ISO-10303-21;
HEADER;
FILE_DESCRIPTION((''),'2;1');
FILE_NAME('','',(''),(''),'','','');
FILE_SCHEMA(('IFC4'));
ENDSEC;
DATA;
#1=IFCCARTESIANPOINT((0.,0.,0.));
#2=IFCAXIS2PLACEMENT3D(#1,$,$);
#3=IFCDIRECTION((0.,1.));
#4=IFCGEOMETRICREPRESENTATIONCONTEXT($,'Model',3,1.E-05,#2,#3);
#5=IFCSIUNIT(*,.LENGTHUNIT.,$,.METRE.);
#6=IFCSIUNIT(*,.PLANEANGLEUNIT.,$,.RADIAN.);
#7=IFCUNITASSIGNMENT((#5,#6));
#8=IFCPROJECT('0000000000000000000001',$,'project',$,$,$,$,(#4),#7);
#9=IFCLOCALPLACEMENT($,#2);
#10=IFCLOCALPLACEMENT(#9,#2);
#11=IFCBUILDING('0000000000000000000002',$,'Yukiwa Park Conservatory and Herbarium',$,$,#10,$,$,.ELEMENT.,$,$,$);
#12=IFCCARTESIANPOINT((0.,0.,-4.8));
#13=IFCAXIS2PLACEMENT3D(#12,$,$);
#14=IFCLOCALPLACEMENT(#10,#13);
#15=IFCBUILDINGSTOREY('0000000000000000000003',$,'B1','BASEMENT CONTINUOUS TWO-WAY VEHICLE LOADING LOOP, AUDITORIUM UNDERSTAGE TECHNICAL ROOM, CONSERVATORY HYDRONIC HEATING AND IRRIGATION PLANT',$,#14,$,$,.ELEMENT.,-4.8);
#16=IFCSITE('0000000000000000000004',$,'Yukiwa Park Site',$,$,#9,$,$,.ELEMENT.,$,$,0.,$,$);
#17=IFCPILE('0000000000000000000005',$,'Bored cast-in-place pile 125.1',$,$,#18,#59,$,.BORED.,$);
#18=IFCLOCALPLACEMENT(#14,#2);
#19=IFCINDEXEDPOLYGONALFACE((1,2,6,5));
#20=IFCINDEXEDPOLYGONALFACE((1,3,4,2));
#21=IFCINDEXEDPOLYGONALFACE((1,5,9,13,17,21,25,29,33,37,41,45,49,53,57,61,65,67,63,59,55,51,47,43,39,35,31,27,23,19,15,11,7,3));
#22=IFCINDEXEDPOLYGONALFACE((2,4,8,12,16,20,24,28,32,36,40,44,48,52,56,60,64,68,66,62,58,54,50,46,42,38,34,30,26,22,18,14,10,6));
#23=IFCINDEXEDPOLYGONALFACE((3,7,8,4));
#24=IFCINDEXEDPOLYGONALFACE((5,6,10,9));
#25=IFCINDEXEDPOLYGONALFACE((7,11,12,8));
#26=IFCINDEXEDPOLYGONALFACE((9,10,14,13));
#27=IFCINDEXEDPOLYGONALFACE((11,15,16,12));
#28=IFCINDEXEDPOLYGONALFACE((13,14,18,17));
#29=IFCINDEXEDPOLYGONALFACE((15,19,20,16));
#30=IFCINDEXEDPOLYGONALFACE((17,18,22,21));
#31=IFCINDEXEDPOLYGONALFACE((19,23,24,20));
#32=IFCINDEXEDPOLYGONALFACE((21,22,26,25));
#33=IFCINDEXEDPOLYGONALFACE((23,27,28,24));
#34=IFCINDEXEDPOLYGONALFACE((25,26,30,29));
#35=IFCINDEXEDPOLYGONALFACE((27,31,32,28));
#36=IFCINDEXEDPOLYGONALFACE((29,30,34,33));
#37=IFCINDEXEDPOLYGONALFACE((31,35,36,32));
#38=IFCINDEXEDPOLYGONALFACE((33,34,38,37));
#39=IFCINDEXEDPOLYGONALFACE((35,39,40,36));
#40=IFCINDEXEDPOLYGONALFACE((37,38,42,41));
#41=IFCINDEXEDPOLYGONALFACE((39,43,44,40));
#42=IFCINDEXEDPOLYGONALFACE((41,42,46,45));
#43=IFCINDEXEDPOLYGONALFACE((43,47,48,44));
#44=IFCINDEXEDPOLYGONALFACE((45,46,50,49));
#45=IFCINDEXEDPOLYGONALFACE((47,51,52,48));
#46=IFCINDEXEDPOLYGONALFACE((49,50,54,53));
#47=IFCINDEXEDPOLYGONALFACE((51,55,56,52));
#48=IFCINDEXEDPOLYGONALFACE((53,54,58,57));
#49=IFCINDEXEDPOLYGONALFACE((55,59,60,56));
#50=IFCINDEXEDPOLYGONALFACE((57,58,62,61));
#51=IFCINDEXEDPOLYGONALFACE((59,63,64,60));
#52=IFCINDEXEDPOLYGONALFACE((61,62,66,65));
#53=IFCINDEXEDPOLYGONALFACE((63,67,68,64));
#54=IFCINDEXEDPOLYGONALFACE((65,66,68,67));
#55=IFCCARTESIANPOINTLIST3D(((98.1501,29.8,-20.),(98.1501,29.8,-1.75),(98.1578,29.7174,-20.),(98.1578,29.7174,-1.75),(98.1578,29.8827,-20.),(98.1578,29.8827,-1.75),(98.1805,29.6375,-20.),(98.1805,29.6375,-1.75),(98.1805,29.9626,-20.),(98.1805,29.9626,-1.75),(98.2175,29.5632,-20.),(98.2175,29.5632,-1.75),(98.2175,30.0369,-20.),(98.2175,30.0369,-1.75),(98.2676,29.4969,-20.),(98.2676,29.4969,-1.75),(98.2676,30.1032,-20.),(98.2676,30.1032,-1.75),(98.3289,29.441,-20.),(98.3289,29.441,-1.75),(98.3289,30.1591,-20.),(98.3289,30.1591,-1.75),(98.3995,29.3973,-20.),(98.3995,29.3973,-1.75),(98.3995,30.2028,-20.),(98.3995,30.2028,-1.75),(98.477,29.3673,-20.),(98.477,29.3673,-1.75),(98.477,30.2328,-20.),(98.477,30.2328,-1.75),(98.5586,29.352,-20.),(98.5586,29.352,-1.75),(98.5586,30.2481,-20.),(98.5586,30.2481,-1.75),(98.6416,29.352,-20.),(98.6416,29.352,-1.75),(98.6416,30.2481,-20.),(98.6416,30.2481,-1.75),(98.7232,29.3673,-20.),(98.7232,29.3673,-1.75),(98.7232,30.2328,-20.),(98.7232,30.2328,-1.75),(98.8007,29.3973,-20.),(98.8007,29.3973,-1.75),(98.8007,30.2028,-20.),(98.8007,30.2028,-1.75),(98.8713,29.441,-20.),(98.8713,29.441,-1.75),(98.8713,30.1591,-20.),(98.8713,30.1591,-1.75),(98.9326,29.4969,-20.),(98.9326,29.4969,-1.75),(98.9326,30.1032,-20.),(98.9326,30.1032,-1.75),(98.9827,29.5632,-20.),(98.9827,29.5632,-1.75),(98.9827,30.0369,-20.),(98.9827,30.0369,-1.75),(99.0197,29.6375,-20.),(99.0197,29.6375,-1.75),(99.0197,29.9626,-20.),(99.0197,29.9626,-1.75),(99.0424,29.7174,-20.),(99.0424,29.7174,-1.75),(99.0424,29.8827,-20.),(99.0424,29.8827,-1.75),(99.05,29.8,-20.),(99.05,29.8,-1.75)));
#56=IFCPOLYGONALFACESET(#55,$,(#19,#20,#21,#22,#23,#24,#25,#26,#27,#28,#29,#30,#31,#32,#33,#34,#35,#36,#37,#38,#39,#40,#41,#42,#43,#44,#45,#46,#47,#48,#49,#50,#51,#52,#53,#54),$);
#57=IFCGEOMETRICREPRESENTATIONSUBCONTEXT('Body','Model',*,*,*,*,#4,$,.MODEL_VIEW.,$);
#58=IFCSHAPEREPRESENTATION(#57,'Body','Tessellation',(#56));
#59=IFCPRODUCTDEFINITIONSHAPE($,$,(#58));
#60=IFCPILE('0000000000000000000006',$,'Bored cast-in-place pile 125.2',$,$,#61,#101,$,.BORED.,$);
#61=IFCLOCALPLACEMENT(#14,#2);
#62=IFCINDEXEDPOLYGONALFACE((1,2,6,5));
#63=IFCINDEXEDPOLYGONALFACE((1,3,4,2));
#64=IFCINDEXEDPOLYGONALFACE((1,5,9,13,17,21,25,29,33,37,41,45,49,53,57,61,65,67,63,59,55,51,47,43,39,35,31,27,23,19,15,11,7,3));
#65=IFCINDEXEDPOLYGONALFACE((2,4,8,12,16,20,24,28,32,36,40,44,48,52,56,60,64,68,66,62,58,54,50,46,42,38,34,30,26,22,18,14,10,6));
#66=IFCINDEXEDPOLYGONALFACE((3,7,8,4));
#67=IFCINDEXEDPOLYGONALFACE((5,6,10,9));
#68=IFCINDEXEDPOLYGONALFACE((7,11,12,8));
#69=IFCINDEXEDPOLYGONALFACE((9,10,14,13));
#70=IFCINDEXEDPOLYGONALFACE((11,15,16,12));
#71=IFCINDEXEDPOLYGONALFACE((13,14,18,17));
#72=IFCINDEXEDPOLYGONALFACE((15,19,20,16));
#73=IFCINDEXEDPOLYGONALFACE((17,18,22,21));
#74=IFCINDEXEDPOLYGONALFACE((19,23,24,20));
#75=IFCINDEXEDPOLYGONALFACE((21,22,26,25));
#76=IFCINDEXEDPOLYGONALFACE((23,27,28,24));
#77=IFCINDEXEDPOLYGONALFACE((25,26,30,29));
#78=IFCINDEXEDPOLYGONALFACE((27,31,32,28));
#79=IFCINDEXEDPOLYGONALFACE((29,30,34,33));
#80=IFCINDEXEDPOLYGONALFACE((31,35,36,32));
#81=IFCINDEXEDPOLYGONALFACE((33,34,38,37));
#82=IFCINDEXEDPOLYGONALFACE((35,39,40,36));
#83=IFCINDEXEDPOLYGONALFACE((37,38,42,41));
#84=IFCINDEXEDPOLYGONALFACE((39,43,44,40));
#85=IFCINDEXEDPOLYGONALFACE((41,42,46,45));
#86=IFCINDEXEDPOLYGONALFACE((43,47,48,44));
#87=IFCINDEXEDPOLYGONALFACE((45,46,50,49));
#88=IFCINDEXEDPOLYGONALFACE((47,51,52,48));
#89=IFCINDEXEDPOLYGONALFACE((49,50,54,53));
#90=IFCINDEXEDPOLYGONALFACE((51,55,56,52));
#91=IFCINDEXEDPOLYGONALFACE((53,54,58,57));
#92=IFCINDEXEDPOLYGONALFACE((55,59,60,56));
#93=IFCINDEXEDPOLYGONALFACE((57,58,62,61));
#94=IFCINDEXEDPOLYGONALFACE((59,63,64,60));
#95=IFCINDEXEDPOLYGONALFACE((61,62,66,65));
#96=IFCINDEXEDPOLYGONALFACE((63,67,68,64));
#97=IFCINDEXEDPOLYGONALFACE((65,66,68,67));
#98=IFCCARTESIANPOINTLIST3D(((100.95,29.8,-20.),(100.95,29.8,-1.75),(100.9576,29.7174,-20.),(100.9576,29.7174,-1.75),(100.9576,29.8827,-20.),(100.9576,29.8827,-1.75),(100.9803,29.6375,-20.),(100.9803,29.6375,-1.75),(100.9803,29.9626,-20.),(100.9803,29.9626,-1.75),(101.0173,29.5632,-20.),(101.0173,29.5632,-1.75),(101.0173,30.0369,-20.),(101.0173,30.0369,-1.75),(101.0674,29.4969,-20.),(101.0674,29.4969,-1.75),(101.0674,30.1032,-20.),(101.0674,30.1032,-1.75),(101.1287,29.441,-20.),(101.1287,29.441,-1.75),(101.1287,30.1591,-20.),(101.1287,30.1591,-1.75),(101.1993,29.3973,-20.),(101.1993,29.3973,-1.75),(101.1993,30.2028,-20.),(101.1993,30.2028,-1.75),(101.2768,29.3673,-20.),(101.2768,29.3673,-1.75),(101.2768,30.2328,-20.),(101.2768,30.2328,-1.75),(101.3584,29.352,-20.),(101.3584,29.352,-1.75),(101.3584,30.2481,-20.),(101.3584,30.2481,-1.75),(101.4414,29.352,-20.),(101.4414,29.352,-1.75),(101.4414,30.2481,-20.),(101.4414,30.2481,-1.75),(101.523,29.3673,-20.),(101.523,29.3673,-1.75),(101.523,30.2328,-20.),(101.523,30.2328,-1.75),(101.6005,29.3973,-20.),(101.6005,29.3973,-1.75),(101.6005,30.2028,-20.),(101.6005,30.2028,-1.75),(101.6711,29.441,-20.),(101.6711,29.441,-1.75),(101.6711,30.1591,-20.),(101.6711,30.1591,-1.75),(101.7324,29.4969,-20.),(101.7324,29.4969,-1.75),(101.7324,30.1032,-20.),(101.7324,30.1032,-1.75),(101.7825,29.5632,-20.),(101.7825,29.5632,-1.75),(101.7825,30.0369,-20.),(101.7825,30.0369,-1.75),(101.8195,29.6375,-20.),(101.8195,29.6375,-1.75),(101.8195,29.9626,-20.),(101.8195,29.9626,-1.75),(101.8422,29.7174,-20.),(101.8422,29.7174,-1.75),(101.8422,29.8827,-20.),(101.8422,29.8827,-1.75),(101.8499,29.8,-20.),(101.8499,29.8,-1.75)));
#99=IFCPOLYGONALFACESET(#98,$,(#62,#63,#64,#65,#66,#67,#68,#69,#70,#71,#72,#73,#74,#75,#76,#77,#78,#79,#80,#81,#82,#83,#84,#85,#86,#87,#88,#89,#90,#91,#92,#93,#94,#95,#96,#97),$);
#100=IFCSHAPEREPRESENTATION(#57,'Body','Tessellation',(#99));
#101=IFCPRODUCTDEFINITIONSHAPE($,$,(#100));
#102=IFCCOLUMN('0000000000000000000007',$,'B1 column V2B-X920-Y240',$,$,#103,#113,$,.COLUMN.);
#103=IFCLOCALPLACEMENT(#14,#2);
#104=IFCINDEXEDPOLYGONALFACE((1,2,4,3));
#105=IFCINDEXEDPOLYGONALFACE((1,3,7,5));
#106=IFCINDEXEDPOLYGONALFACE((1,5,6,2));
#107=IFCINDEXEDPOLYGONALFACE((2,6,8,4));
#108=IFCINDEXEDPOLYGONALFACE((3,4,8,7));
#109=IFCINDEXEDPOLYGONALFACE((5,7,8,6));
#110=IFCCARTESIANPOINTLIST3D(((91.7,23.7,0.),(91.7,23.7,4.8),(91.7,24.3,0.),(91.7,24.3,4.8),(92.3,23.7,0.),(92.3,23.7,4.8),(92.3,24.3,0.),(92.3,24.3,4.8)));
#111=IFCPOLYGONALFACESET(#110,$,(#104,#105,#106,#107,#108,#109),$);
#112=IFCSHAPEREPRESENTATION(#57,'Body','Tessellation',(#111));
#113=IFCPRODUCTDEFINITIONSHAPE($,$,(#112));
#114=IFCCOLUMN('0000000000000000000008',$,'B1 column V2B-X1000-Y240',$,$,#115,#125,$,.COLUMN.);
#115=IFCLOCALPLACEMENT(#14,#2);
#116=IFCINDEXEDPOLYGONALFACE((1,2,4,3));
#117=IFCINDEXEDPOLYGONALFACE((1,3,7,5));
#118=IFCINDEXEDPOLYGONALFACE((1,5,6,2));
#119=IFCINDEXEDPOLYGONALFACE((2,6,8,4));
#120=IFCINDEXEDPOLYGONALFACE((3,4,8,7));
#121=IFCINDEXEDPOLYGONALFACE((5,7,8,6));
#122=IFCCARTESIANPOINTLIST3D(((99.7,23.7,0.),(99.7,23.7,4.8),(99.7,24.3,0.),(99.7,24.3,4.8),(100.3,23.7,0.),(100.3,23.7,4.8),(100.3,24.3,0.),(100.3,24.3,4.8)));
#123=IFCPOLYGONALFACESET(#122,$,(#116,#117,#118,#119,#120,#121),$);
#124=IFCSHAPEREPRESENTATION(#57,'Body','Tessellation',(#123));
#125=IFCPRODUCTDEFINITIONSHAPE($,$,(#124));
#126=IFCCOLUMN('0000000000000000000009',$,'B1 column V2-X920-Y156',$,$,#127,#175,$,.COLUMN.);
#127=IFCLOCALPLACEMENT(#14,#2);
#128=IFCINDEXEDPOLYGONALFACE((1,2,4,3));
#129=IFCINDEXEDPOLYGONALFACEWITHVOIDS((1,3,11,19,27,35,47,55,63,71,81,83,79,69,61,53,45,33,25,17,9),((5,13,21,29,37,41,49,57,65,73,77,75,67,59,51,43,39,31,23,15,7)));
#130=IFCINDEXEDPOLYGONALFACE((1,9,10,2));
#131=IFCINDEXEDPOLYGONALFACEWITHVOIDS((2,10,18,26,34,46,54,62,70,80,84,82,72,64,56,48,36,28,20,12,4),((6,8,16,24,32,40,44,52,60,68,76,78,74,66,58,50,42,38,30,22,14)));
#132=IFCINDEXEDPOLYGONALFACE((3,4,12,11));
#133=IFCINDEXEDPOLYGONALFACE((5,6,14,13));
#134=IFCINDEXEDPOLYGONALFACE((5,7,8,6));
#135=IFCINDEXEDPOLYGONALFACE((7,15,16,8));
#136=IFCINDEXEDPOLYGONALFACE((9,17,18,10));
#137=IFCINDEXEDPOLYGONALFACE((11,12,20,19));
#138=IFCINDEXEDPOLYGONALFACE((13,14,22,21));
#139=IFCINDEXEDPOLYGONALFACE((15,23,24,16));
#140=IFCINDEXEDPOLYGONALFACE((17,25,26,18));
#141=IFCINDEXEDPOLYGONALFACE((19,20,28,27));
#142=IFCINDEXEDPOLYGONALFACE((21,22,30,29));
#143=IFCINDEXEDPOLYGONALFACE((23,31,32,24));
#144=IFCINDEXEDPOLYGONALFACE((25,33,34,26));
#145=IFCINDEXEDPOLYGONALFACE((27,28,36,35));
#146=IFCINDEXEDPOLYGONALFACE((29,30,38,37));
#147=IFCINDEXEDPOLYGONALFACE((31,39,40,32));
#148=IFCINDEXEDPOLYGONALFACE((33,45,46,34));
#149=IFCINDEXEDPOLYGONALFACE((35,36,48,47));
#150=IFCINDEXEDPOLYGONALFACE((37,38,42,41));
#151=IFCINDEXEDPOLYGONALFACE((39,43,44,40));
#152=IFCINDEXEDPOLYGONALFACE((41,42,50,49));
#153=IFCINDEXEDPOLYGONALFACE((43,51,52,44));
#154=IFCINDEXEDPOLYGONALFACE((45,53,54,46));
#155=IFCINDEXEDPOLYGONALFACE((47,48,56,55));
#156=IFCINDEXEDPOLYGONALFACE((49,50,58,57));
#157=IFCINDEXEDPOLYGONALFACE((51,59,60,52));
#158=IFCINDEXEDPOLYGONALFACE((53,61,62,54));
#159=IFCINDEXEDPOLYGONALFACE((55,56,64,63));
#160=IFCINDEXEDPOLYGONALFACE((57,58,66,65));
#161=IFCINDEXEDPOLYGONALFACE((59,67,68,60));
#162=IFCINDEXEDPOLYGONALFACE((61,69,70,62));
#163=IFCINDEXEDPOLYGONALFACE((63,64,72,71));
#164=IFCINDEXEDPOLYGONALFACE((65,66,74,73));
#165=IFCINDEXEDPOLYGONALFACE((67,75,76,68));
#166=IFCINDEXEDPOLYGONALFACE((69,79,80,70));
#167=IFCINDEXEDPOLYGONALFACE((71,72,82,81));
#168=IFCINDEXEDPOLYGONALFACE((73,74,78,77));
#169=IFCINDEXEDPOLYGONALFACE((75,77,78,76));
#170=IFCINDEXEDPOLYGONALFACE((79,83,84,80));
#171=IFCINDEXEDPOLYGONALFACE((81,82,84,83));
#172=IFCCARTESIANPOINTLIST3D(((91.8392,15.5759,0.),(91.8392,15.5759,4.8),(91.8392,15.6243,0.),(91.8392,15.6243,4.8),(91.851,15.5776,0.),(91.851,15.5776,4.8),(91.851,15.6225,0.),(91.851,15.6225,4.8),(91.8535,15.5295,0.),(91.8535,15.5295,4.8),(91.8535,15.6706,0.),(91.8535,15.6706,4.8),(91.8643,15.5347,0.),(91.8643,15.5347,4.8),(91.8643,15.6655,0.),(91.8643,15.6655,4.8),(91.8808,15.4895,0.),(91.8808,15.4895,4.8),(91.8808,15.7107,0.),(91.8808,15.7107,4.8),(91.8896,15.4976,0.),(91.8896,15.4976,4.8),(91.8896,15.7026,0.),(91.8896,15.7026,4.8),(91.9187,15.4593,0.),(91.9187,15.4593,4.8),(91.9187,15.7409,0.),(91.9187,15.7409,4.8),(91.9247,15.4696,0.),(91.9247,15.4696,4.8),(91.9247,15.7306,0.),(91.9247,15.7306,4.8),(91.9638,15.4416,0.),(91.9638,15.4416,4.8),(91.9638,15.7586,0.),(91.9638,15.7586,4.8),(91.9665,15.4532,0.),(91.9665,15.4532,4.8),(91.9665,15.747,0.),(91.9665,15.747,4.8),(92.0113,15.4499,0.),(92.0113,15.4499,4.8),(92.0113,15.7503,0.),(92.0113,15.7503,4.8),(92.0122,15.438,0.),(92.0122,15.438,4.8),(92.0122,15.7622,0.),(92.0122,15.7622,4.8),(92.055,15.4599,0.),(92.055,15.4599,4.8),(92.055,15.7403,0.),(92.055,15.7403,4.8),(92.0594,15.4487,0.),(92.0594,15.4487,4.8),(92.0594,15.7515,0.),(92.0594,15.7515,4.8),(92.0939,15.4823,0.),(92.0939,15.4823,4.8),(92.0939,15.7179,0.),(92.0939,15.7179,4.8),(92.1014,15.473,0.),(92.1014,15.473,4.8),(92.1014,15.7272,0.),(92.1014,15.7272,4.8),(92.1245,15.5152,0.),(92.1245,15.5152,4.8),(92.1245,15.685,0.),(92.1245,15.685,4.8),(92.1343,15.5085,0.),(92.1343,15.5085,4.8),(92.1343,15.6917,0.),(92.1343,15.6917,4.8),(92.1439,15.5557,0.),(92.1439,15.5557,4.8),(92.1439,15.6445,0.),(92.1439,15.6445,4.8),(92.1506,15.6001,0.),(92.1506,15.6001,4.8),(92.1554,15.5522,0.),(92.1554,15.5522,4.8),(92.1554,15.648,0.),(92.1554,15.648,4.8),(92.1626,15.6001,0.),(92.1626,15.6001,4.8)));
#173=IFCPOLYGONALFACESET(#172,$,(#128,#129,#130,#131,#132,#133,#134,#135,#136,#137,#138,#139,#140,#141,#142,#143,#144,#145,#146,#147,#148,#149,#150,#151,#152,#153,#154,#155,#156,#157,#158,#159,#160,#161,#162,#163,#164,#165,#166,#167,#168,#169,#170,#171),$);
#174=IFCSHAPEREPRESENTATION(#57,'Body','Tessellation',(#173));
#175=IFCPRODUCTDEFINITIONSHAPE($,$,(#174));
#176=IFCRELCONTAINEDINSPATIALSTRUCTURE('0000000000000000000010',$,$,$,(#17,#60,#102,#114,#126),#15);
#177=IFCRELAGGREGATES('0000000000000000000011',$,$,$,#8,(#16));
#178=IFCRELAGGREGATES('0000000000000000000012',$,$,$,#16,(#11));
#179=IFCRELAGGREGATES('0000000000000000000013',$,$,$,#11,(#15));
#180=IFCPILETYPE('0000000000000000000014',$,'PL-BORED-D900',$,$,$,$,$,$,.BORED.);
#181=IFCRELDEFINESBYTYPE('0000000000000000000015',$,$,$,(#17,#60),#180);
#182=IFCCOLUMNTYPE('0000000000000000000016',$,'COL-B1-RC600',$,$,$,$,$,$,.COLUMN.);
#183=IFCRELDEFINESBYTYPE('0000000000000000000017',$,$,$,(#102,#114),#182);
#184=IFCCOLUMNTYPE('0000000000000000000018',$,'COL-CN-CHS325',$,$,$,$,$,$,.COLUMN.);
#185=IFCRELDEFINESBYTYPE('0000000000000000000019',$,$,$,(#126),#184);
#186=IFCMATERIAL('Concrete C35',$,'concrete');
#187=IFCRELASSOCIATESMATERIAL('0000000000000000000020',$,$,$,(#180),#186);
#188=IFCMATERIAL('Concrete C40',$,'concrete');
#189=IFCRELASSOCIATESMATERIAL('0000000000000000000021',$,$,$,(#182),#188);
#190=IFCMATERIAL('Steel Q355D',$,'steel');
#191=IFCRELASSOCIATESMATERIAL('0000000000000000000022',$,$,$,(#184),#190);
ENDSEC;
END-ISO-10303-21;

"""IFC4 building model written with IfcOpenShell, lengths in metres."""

from ifc_helpers import new_model, si_unit, direction, frame, origin, origin_2d, place, context, subcontext, project, spatial, rectangle, circle, hollow_circle, extrude, material, material_profile, profile_set, type_object, element, save


model = new_model("IFC4")

# Units and contexts
model_context = context("Model", 3, precision=1e-05, world=origin(), true_north=direction((0.0, 1.0)))
body_context = subcontext(model_context, "Body", "Model", "MODEL_VIEW")
ifc_project = project(units=[si_unit("LENGTHUNIT", "METRE"), si_unit("PLANEANGLEUNIT", "RADIAN")], contexts=[model_context])

# Site, building, storey
site_placement = place(None, origin())
site = spatial("IfcSite", under=ifc_project, at=site_placement, Name="Yukiwa Park Site", CompositionType="ELEMENT", RefElevation=0.0)
building_placement = place(site_placement, origin())
building = spatial("IfcBuilding", under=site, at=building_placement, Name="Yukiwa Park Conservatory and Herbarium", CompositionType="ELEMENT")
storey_placement = place(building_placement, frame((0.0, 0.0, -4.8)))
storey = spatial("IfcBuildingStorey", under=building, at=storey_placement, Name="B1", Description="BASEMENT CONTINUOUS TWO-WAY VEHICLE LOADING LOOP, AUDITORIUM UNDERSTAGE TECHNICAL ROOM, CONSERVATORY HYDRONIC HEATING AND IRRIGATION PLANT", CompositionType="ELEMENT", Elevation=-4.8)

# Piles
ifc_material_1 = material(Name="Concrete C35", Category="concrete")
ifc_material_profile_1 = material_profile(ifc_material_1, circle(Radius=0.45, at=origin_2d()), Name="PILE D900")
ifc_profile_set_1 = profile_set([ifc_material_profile_1], Name="Concrete C35")
pile_type_1 = type_object("IfcPileType", Name="PL-BORED-D900", PredefinedType="BORED", material=ifc_profile_set_1)
for number, where, z_axis, x_axis, name in (
    (1, (98.6001, 29.8, -1.75), (0.0, 0.0, -1.0), (1.0, 0.0, 0.0), "Bored cast-in-place pile 125.1"),
    (2, (101.3999, 29.8, -1.75), (0.0, 0.0, -1.0), (1.0, 0.0, 0.0), "Bored cast-in-place pile 125.2"),
):
    element("IfcPile", number, at=place(storey_placement, frame(where, z_axis=z_axis, x_axis=x_axis)), inside=storey, type_object=pile_type_1, Name=name, PredefinedType="BORED", context=body_context, shape_type="SweptSolid", body=[
        extrude(circle(Radius=0.45, at=origin_2d()), origin(), (0.0, 0.0, 1.0), 18.25),
    ])

# Columns
ifc_material_2 = material(Name="Concrete C40", Category="concrete")
ifc_material_profile_2 = material_profile(ifc_material_2, rectangle(XDim=0.6001, YDim=0.6001, at=origin_2d()), Name="RC 600x600")
ifc_profile_set_2 = profile_set([ifc_material_profile_2], Name="Concrete C40")
column_type_1 = type_object("IfcColumnType", Name="COL-B1-RC600", PredefinedType="COLUMN", material=ifc_profile_set_2)
for number, where, z_axis, x_axis, name in (
    (3, (92.0, 24.0, 0.0), (0.0, 0.0, 1.0), (1.0, 0.0, 0.0), "B1 column V2B-X920-Y240"),
    (4, (100.0, 24.0, 0.0), (0.0, 0.0, 1.0), (1.0, 0.0, 0.0), "B1 column V2B-X1000-Y240"),
):
    element("IfcColumn", number, at=place(storey_placement, frame(where, z_axis=z_axis, x_axis=x_axis)), inside=storey, type_object=column_type_1, Name=name, PredefinedType="COLUMN", context=body_context, shape_type="SweptSolid", body=[
        extrude(rectangle(XDim=0.6001, YDim=0.6001, at=origin_2d()), origin(), (0.0, 0.0, 1.0), 4.8),
    ])
ifc_material_3 = material(Name="Steel Q355D", Category="steel")
ifc_material_profile_3 = material_profile(ifc_material_3, hollow_circle(Radius=0.1626, WallThickness=0.012, at=origin_2d()), Name="CHS 325x12")
ifc_profile_set_3 = profile_set([ifc_material_profile_3], Name="Steel Q355D")
column_type_2 = type_object("IfcColumnType", Name="COL-CN-CHS325", PredefinedType="COLUMN", material=ifc_profile_set_3)
for number, where, z_axis, x_axis, name in (
    (5, (92.0, 15.6001, 0.0), (0.0, 0.0, 1.0), (1.0, 0.0, 0.0), "B1 column V2-X920-Y156"),
):
    element("IfcColumn", number, at=place(storey_placement, frame(where, z_axis=z_axis, x_axis=x_axis)), inside=storey, type_object=column_type_2, Name=name, PredefinedType="COLUMN", context=body_context, shape_type="SweptSolid", body=[
        extrude(hollow_circle(Radius=0.1626, WallThickness=0.012, at=origin_2d()), origin(), (0.0, 0.0, 1.0), 4.8),
    ])

save(model, "model.ifc")
